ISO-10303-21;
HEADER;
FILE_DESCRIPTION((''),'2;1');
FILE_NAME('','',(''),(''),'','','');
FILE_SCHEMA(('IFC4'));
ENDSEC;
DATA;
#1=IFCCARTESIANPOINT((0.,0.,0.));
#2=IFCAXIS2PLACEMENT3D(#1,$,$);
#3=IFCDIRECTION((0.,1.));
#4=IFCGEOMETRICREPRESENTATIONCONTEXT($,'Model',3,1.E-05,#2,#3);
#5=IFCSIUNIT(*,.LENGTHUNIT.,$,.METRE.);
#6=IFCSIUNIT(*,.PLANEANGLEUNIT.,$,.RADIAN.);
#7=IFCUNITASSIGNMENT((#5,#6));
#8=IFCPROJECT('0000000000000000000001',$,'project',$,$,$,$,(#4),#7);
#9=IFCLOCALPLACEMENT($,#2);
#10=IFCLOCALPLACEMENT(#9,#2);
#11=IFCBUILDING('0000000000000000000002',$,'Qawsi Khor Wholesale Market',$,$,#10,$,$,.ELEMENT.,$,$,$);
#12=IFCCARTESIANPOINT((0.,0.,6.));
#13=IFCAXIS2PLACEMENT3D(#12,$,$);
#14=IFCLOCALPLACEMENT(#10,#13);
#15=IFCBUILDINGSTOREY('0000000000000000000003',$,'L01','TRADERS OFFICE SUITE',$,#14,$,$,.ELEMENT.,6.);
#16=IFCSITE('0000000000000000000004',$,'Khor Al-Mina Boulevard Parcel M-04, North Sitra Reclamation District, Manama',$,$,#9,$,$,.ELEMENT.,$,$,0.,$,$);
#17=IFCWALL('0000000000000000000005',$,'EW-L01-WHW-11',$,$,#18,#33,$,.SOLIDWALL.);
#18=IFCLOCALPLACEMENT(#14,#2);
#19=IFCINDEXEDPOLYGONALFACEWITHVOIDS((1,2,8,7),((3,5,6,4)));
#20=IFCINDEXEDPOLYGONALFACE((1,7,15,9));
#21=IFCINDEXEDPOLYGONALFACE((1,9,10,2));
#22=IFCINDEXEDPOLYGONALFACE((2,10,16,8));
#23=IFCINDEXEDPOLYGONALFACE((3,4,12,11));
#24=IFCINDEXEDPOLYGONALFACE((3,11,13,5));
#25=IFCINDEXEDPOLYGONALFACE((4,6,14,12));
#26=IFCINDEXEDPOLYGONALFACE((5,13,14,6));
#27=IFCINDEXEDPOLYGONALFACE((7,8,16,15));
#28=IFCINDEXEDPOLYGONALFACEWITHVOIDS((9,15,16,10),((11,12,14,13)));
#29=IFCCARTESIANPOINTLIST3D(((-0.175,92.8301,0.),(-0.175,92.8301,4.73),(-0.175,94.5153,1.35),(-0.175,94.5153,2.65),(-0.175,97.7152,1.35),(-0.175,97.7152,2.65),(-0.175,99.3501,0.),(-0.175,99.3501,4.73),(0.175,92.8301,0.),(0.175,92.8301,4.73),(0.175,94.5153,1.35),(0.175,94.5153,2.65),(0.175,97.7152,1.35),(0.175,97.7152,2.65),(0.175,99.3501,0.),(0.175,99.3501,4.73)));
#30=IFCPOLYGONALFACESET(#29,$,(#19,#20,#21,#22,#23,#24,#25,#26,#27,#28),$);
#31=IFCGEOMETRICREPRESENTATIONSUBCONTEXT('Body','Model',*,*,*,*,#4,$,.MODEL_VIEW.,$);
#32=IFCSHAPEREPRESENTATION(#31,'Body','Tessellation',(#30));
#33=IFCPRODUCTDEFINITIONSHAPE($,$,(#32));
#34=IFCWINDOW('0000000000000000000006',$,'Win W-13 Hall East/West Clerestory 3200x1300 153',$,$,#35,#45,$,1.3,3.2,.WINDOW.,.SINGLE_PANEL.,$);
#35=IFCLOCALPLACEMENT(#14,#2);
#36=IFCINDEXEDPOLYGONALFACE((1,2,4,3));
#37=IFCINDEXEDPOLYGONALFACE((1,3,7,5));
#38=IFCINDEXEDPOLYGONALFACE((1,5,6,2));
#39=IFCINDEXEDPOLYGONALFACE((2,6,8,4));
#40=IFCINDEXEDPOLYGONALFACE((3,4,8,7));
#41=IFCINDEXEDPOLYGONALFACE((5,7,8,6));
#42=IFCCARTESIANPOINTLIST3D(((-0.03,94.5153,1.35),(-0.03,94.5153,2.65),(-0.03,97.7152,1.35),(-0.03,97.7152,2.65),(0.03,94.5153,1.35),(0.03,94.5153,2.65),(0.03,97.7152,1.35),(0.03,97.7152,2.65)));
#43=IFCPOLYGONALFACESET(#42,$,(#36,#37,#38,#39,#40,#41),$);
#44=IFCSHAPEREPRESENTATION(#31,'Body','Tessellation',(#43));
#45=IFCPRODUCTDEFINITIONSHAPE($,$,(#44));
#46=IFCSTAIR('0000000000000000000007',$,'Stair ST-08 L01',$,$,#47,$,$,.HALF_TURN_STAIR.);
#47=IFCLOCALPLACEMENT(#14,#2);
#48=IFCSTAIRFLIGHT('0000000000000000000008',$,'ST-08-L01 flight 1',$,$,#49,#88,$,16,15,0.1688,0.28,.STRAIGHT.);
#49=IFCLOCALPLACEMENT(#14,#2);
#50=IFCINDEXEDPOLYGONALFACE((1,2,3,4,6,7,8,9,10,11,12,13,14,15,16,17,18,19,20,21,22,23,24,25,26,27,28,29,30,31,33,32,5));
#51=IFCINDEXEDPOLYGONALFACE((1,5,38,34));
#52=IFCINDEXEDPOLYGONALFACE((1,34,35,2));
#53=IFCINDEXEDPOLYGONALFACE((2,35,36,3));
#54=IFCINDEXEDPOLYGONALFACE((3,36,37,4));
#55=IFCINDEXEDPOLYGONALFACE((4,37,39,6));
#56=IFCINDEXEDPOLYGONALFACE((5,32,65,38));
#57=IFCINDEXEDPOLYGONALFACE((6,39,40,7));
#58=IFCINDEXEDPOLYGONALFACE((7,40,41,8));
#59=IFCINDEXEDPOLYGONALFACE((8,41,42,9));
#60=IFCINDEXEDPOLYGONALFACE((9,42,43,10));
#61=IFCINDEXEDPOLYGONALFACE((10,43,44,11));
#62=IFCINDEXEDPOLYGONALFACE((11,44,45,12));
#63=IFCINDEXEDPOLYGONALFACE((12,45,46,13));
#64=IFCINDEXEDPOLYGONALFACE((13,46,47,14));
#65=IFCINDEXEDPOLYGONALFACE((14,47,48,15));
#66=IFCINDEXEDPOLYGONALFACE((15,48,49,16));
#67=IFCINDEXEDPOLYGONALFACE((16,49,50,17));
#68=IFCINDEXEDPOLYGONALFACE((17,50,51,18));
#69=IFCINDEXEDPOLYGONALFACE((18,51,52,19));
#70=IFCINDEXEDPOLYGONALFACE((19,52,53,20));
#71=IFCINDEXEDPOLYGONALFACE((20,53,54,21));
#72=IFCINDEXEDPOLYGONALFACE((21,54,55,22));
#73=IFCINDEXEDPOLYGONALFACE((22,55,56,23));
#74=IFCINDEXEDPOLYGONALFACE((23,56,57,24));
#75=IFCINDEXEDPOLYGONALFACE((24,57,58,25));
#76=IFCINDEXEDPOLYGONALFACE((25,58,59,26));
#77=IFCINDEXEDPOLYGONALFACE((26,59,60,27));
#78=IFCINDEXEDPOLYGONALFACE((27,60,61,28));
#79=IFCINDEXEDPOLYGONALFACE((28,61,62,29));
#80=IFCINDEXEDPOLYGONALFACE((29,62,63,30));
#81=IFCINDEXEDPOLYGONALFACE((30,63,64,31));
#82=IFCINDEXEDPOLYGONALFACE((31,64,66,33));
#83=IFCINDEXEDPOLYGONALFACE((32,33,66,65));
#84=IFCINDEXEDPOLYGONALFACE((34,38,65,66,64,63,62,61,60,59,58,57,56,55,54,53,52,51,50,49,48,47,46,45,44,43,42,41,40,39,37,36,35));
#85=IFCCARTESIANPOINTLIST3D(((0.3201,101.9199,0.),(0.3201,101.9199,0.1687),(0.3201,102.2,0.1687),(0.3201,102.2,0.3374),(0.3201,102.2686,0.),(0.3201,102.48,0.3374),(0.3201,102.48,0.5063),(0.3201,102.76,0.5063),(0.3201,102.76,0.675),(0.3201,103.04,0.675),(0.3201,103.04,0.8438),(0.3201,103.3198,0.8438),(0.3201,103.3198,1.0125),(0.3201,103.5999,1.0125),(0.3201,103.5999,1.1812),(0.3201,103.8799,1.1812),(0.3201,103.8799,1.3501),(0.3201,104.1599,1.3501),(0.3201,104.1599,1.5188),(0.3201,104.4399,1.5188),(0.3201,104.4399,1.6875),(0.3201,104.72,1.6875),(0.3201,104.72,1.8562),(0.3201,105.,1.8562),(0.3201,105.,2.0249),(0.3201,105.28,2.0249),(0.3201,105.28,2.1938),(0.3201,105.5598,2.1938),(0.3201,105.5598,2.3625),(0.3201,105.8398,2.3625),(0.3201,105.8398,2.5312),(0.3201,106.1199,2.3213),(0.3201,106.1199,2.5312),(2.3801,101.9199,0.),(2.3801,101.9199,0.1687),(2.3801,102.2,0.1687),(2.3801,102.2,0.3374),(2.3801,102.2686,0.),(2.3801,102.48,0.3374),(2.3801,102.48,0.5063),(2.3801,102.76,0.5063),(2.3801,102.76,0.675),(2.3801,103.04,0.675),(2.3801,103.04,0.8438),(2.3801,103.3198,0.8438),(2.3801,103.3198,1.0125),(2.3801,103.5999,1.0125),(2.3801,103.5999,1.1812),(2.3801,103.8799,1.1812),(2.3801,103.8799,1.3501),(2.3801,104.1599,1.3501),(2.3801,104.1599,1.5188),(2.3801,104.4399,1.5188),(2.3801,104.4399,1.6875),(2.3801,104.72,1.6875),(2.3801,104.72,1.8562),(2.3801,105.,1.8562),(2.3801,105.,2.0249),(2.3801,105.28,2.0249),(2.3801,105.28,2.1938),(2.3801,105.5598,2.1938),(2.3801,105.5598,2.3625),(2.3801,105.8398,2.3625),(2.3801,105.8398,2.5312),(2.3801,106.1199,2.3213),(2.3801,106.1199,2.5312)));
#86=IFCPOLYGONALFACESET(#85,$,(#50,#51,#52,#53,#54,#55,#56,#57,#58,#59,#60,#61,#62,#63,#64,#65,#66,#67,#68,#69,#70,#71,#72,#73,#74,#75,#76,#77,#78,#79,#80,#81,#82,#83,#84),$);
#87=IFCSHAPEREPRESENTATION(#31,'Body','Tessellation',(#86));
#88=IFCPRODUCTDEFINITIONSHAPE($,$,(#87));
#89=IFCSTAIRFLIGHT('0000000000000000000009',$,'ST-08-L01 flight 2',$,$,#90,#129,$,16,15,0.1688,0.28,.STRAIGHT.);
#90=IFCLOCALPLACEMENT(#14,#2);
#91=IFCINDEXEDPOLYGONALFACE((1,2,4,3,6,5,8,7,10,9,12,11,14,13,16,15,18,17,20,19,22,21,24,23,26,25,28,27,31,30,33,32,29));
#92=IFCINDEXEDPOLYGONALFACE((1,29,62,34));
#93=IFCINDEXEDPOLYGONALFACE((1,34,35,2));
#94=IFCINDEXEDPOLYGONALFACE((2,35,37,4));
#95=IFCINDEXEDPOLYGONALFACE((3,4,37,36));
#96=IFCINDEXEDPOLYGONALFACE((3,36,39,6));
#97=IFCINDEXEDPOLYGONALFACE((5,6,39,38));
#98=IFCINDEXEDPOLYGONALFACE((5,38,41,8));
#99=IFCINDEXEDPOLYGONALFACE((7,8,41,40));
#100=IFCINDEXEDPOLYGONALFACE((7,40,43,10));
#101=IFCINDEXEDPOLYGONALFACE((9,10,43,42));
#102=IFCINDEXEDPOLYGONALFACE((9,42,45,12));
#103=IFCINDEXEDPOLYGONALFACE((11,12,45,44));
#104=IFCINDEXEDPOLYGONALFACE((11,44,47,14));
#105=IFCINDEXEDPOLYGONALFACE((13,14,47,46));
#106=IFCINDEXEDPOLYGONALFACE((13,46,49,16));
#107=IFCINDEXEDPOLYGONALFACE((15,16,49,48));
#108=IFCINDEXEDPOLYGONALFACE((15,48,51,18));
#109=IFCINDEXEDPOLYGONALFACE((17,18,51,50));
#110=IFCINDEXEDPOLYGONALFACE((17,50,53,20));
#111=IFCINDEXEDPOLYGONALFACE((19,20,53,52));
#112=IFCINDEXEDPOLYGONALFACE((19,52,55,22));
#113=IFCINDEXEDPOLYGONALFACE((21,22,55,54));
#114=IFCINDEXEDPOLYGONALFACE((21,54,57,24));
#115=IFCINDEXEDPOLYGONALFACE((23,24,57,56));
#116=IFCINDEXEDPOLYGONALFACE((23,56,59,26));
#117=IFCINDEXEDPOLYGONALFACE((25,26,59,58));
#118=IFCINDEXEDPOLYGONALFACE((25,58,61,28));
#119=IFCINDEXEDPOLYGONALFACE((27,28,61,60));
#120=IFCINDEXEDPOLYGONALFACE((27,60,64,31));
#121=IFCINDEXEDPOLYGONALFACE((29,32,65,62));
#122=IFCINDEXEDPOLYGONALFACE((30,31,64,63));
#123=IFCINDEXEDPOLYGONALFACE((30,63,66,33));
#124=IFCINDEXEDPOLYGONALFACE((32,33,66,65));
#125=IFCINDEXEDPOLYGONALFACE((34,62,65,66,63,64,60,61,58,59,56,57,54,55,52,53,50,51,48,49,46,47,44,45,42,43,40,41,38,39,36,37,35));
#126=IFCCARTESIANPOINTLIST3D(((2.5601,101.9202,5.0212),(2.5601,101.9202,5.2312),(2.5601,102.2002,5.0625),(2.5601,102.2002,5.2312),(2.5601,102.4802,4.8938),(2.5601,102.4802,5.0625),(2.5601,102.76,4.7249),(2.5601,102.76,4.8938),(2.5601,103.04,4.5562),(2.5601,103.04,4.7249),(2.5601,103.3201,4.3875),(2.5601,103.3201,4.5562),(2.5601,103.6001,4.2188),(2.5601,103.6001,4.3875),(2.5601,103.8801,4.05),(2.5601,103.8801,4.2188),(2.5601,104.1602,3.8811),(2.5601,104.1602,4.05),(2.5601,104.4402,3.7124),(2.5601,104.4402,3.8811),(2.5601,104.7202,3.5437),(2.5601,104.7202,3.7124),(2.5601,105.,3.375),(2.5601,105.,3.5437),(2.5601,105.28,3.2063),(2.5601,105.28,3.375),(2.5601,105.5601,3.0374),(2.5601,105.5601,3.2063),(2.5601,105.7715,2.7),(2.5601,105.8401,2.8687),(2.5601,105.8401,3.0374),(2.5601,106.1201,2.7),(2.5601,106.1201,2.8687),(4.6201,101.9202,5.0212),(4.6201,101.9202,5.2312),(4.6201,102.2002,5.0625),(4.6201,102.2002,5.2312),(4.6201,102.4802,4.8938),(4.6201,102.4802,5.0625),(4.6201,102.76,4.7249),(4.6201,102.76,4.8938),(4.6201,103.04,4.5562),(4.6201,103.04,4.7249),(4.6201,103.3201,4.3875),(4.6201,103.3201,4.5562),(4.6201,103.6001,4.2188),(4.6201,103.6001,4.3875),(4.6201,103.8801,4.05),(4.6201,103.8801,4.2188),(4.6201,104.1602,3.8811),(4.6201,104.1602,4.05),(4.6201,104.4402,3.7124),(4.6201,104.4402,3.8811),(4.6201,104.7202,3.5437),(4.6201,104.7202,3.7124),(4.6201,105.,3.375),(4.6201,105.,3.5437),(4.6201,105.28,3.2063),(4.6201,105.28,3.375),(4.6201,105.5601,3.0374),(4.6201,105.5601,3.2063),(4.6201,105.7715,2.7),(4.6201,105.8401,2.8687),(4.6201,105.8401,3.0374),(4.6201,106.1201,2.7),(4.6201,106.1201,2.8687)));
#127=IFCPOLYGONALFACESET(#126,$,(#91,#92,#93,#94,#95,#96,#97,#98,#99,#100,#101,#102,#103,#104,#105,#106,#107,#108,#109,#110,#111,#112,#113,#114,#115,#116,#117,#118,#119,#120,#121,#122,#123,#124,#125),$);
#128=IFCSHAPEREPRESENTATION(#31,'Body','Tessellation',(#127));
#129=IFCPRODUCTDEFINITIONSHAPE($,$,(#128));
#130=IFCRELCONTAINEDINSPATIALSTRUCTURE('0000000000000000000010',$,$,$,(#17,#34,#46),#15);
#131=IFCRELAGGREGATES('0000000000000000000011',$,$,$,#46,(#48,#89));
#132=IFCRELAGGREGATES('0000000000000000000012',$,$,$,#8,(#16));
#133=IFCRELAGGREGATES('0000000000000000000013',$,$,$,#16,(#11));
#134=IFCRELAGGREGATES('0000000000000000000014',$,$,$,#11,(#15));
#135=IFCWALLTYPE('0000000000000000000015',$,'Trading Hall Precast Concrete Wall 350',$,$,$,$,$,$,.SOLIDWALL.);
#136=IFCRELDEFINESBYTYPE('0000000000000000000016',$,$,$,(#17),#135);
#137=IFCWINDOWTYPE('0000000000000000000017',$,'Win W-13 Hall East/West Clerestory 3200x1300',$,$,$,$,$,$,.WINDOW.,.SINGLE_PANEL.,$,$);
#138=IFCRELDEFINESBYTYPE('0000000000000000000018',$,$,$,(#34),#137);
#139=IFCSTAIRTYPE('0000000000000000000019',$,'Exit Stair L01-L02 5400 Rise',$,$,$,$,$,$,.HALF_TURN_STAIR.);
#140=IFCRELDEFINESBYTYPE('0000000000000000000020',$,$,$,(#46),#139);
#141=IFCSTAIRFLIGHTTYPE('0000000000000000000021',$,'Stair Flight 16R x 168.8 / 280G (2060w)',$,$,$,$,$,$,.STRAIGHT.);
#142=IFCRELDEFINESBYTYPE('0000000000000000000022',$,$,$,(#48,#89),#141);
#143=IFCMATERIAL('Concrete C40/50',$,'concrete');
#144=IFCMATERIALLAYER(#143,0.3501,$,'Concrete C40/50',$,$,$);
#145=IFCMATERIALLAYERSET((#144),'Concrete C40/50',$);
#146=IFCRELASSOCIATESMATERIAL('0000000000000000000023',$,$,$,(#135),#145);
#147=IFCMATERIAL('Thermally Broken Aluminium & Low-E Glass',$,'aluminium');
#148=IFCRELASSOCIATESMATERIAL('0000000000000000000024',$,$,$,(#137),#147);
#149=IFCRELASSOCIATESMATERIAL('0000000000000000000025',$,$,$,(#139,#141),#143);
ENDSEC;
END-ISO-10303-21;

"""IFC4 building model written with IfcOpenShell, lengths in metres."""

from ifc_helpers import new_model, si_unit, direction, frame, frame_2d, origin, place, context, subcontext, project, spatial, polyline, rectangle, outline, extrude, material, layer, layer_set, type_object, element, fill, aggregate, save


model = new_model("IFC4")

# Units and contexts
model_context = context("Model", 3, precision=1e-05, world=origin(), true_north=direction((0.0, 1.0)))
body_context = subcontext(model_context, "Body", "Model", "MODEL_VIEW")
ifc_project = project(units=[si_unit("LENGTHUNIT", "METRE"), si_unit("PLANEANGLEUNIT", "RADIAN")], contexts=[model_context])

# Site, building, storey
site_placement = place(None, origin())
site = spatial("IfcSite", under=ifc_project, at=site_placement, Name="Khor Al-Mina Boulevard Parcel M-04, North Sitra Reclamation District, Manama", CompositionType="ELEMENT", RefElevation=0.0)
building_placement = place(site_placement, origin())
building = spatial("IfcBuilding", under=site, at=building_placement, Name="Qawsi Khor Wholesale Market", CompositionType="ELEMENT")
storey_placement = place(building_placement, frame((0.0, 0.0, 6.0)))
storey = spatial("IfcBuildingStorey", under=building, at=storey_placement, Name="L01", Description="TRADERS OFFICE SUITE", CompositionType="ELEMENT", Elevation=6.0)

# Shared definitions
ifc_material_1 = material(Name="Concrete C40/50", Category="concrete")

# Wall, opening, window
ifc_layer_1 = layer(ifc_material_1, 0.3501, Name="Concrete C40/50")
ifc_layer_set_1 = layer_set([ifc_layer_1], Name="Concrete C40/50")
wall_type_1 = type_object("IfcWallType", Name="Trading Hall Precast Concrete Wall 350", PredefinedType="SOLIDWALL", material=ifc_layer_set_1)
wall_1_placement = place(storey_placement, frame((0.0, 92.8301, 0.0), z_axis=(0.0, 0.0, 1.0), x_axis=(0.0, 1.0, 0.0)))
wall_1 = element("IfcWall", 1, at=wall_1_placement, inside=storey, type_object=wall_type_1, Name="EW-L01-WHW-11", PredefinedType="SOLIDWALL", context=body_context, shape_type="SweptSolid", body=[
    extrude(rectangle(XDim=6.52, YDim=0.3501, at=frame_2d((3.26, 0.0))), origin(), (0.0, 0.0, 1.0), 4.73),
])
opening_1_placement = place(wall_1_placement, frame((1.6851, 0.0, 1.3501)))
opening_1 = element("IfcOpeningElement", 2, at=opening_1_placement, cuts=wall_1, PredefinedType="OPENING", context=body_context, shape_type="SweptSolid", body=[
    extrude(rectangle(XDim=3.2, YDim=1.3, at=frame_2d((1.6001, 0.6499))), frame((0.0, 0.1851, 0.0), z_axis=(0.0, -1.0, 0.0), x_axis=(1.0, 0.0, 0.0)), (0.0, 0.0, 1.0), 0.3701),
])
ifc_material_2 = material(Name="Thermally Broken Aluminium & Low-E Glass", Category="aluminium")
window_type = type_object("IfcWindowType", Name="Win W-13 Hall East/West Clerestory 3200x1300", PartitioningType="SINGLE_PANEL", PredefinedType="WINDOW", material=ifc_material_2)
window_placement = place(opening_1_placement, origin())
window = element("IfcWindow", 3, at=window_placement, inside=storey, type_object=window_type, Name="Win W-13 Hall East/West Clerestory 3200x1300 153", OverallHeight=1.3, OverallWidth=3.2, PartitioningType="SINGLE_PANEL", PredefinedType="WINDOW", context=body_context, shape_type="SweptSolid", body=[
    extrude(rectangle(XDim=3.2, YDim=1.3, at=frame_2d((1.6001, 0.6499))), frame((0.0, 0.03, 0.0), z_axis=(0.0, -1.0, 0.0), x_axis=(1.0, 0.0, 0.0)), (0.0, 0.0, 1.0), 0.0601),
])
fill(opening_1, window)

# Stair, stair flights
stair_type = type_object("IfcStairType", Name="Exit Stair L01-L02 5400 Rise", PredefinedType="HALF_TURN_STAIR", material=ifc_material_1)
stair_placement = place(storey_placement, origin())
stair = element("IfcStair", 4, at=stair_placement, inside=storey, type_object=stair_type, Name="Stair ST-08 L01", PredefinedType="HALF_TURN_STAIR")
stair_flight_type = type_object("IfcStairFlightType", Name="Stair Flight 16R x 168.8 / 280G (2060w)", PredefinedType="STRAIGHT", material=ifc_material_1)
stair_flight_1_placement = place(storey_placement, frame((1.3501, 101.9199, 0.0), z_axis=(0.0, 0.0, 1.0), x_axis=(0.0, 1.0, 0.0)))
stair_flight_1 = element("IfcStairFlight", 5, at=stair_flight_1_placement, type_object=stair_flight_type, Name="ST-08-L01 flight 1", NumberOfRisers=16, NumberOfTreads=15, PredefinedType="STRAIGHT", RiserHeight=0.1688, TreadLength=0.28, context=body_context, shape_type="SweptSolid", body=[
    extrude(outline(polyline([(0.0, 0.0), (0.0, 0.1687), (0.28, 0.1687), (0.28, 0.3374), (0.5601, 0.3374), (0.5601, 0.5063), (0.8401, 0.5063), (0.8401, 0.675), (1.1201, 0.675), (1.1201, 0.8438), (1.3999, 0.8438), (1.3999, 1.0125), (1.6799, 1.0125), (1.6799, 1.1812), (1.96, 1.1812), (1.96, 1.3501), (2.24, 1.3501), (2.24, 1.5188), (2.52, 1.5188), (2.52, 1.6875), (2.8, 1.6875), (2.8, 1.8562), (3.0801, 1.8562), (3.0801, 2.0249), (3.3601, 2.0249), (3.3601, 2.1938), (3.6399, 2.1938), (3.6399, 2.3625), (3.9199, 2.3625), (3.9199, 2.5312), (4.2, 2.5312), (4.2, 2.7), (4.2, 2.3213), (0.3486, 0.0), (0.0, 0.0)])), frame((0.0, 1.03, 0.0), z_axis=(0.0, -1.0, 0.0), x_axis=(1.0, 0.0, 0.0)), (0.0, 0.0, 1.0), 2.0601),
])
stair_flight_2_placement = place(storey_placement, frame((3.5901, 106.1201, 2.7), z_axis=(0.0, 0.0, 1.0), x_axis=(0.0, -1.0, 0.0)))
stair_flight_2 = element("IfcStairFlight", 6, at=stair_flight_2_placement, type_object=stair_flight_type, Name="ST-08-L01 flight 2", NumberOfRisers=16, NumberOfTreads=15, PredefinedType="STRAIGHT", RiserHeight=0.1688, TreadLength=0.28, context=body_context, shape_type="SweptSolid", body=[
    extrude(outline(polyline([(0.0, 0.0), (0.0, 0.1687), (0.28, 0.1687), (0.28, 0.3374), (0.5601, 0.3374), (0.5601, 0.5063), (0.8401, 0.5063), (0.8401, 0.675), (1.1201, 0.675), (1.1201, 0.8438), (1.3999, 0.8438), (1.3999, 1.0125), (1.6799, 1.0125), (1.6799, 1.1812), (1.96, 1.1812), (1.96, 1.3501), (2.24, 1.3501), (2.24, 1.5188), (2.52, 1.5188), (2.52, 1.6875), (2.8, 1.6875), (2.8, 1.8562), (3.0801, 1.8562), (3.0801, 2.0249), (3.3601, 2.0249), (3.3601, 2.1938), (3.6399, 2.1938), (3.6399, 2.3625), (3.9199, 2.3625), (3.9199, 2.5312), (4.2, 2.5312), (4.2, 2.7), (4.2, 2.3213), (0.3486, 0.0), (0.0, 0.0)])), frame((0.0, 1.03, 0.0), z_axis=(0.0, -1.0, 0.0), x_axis=(1.0, 0.0, 0.0)), (0.0, 0.0, 1.0), 2.0601),
])
aggregate(stair, [stair_flight_1, stair_flight_2])

save(model, "model.ifc")
